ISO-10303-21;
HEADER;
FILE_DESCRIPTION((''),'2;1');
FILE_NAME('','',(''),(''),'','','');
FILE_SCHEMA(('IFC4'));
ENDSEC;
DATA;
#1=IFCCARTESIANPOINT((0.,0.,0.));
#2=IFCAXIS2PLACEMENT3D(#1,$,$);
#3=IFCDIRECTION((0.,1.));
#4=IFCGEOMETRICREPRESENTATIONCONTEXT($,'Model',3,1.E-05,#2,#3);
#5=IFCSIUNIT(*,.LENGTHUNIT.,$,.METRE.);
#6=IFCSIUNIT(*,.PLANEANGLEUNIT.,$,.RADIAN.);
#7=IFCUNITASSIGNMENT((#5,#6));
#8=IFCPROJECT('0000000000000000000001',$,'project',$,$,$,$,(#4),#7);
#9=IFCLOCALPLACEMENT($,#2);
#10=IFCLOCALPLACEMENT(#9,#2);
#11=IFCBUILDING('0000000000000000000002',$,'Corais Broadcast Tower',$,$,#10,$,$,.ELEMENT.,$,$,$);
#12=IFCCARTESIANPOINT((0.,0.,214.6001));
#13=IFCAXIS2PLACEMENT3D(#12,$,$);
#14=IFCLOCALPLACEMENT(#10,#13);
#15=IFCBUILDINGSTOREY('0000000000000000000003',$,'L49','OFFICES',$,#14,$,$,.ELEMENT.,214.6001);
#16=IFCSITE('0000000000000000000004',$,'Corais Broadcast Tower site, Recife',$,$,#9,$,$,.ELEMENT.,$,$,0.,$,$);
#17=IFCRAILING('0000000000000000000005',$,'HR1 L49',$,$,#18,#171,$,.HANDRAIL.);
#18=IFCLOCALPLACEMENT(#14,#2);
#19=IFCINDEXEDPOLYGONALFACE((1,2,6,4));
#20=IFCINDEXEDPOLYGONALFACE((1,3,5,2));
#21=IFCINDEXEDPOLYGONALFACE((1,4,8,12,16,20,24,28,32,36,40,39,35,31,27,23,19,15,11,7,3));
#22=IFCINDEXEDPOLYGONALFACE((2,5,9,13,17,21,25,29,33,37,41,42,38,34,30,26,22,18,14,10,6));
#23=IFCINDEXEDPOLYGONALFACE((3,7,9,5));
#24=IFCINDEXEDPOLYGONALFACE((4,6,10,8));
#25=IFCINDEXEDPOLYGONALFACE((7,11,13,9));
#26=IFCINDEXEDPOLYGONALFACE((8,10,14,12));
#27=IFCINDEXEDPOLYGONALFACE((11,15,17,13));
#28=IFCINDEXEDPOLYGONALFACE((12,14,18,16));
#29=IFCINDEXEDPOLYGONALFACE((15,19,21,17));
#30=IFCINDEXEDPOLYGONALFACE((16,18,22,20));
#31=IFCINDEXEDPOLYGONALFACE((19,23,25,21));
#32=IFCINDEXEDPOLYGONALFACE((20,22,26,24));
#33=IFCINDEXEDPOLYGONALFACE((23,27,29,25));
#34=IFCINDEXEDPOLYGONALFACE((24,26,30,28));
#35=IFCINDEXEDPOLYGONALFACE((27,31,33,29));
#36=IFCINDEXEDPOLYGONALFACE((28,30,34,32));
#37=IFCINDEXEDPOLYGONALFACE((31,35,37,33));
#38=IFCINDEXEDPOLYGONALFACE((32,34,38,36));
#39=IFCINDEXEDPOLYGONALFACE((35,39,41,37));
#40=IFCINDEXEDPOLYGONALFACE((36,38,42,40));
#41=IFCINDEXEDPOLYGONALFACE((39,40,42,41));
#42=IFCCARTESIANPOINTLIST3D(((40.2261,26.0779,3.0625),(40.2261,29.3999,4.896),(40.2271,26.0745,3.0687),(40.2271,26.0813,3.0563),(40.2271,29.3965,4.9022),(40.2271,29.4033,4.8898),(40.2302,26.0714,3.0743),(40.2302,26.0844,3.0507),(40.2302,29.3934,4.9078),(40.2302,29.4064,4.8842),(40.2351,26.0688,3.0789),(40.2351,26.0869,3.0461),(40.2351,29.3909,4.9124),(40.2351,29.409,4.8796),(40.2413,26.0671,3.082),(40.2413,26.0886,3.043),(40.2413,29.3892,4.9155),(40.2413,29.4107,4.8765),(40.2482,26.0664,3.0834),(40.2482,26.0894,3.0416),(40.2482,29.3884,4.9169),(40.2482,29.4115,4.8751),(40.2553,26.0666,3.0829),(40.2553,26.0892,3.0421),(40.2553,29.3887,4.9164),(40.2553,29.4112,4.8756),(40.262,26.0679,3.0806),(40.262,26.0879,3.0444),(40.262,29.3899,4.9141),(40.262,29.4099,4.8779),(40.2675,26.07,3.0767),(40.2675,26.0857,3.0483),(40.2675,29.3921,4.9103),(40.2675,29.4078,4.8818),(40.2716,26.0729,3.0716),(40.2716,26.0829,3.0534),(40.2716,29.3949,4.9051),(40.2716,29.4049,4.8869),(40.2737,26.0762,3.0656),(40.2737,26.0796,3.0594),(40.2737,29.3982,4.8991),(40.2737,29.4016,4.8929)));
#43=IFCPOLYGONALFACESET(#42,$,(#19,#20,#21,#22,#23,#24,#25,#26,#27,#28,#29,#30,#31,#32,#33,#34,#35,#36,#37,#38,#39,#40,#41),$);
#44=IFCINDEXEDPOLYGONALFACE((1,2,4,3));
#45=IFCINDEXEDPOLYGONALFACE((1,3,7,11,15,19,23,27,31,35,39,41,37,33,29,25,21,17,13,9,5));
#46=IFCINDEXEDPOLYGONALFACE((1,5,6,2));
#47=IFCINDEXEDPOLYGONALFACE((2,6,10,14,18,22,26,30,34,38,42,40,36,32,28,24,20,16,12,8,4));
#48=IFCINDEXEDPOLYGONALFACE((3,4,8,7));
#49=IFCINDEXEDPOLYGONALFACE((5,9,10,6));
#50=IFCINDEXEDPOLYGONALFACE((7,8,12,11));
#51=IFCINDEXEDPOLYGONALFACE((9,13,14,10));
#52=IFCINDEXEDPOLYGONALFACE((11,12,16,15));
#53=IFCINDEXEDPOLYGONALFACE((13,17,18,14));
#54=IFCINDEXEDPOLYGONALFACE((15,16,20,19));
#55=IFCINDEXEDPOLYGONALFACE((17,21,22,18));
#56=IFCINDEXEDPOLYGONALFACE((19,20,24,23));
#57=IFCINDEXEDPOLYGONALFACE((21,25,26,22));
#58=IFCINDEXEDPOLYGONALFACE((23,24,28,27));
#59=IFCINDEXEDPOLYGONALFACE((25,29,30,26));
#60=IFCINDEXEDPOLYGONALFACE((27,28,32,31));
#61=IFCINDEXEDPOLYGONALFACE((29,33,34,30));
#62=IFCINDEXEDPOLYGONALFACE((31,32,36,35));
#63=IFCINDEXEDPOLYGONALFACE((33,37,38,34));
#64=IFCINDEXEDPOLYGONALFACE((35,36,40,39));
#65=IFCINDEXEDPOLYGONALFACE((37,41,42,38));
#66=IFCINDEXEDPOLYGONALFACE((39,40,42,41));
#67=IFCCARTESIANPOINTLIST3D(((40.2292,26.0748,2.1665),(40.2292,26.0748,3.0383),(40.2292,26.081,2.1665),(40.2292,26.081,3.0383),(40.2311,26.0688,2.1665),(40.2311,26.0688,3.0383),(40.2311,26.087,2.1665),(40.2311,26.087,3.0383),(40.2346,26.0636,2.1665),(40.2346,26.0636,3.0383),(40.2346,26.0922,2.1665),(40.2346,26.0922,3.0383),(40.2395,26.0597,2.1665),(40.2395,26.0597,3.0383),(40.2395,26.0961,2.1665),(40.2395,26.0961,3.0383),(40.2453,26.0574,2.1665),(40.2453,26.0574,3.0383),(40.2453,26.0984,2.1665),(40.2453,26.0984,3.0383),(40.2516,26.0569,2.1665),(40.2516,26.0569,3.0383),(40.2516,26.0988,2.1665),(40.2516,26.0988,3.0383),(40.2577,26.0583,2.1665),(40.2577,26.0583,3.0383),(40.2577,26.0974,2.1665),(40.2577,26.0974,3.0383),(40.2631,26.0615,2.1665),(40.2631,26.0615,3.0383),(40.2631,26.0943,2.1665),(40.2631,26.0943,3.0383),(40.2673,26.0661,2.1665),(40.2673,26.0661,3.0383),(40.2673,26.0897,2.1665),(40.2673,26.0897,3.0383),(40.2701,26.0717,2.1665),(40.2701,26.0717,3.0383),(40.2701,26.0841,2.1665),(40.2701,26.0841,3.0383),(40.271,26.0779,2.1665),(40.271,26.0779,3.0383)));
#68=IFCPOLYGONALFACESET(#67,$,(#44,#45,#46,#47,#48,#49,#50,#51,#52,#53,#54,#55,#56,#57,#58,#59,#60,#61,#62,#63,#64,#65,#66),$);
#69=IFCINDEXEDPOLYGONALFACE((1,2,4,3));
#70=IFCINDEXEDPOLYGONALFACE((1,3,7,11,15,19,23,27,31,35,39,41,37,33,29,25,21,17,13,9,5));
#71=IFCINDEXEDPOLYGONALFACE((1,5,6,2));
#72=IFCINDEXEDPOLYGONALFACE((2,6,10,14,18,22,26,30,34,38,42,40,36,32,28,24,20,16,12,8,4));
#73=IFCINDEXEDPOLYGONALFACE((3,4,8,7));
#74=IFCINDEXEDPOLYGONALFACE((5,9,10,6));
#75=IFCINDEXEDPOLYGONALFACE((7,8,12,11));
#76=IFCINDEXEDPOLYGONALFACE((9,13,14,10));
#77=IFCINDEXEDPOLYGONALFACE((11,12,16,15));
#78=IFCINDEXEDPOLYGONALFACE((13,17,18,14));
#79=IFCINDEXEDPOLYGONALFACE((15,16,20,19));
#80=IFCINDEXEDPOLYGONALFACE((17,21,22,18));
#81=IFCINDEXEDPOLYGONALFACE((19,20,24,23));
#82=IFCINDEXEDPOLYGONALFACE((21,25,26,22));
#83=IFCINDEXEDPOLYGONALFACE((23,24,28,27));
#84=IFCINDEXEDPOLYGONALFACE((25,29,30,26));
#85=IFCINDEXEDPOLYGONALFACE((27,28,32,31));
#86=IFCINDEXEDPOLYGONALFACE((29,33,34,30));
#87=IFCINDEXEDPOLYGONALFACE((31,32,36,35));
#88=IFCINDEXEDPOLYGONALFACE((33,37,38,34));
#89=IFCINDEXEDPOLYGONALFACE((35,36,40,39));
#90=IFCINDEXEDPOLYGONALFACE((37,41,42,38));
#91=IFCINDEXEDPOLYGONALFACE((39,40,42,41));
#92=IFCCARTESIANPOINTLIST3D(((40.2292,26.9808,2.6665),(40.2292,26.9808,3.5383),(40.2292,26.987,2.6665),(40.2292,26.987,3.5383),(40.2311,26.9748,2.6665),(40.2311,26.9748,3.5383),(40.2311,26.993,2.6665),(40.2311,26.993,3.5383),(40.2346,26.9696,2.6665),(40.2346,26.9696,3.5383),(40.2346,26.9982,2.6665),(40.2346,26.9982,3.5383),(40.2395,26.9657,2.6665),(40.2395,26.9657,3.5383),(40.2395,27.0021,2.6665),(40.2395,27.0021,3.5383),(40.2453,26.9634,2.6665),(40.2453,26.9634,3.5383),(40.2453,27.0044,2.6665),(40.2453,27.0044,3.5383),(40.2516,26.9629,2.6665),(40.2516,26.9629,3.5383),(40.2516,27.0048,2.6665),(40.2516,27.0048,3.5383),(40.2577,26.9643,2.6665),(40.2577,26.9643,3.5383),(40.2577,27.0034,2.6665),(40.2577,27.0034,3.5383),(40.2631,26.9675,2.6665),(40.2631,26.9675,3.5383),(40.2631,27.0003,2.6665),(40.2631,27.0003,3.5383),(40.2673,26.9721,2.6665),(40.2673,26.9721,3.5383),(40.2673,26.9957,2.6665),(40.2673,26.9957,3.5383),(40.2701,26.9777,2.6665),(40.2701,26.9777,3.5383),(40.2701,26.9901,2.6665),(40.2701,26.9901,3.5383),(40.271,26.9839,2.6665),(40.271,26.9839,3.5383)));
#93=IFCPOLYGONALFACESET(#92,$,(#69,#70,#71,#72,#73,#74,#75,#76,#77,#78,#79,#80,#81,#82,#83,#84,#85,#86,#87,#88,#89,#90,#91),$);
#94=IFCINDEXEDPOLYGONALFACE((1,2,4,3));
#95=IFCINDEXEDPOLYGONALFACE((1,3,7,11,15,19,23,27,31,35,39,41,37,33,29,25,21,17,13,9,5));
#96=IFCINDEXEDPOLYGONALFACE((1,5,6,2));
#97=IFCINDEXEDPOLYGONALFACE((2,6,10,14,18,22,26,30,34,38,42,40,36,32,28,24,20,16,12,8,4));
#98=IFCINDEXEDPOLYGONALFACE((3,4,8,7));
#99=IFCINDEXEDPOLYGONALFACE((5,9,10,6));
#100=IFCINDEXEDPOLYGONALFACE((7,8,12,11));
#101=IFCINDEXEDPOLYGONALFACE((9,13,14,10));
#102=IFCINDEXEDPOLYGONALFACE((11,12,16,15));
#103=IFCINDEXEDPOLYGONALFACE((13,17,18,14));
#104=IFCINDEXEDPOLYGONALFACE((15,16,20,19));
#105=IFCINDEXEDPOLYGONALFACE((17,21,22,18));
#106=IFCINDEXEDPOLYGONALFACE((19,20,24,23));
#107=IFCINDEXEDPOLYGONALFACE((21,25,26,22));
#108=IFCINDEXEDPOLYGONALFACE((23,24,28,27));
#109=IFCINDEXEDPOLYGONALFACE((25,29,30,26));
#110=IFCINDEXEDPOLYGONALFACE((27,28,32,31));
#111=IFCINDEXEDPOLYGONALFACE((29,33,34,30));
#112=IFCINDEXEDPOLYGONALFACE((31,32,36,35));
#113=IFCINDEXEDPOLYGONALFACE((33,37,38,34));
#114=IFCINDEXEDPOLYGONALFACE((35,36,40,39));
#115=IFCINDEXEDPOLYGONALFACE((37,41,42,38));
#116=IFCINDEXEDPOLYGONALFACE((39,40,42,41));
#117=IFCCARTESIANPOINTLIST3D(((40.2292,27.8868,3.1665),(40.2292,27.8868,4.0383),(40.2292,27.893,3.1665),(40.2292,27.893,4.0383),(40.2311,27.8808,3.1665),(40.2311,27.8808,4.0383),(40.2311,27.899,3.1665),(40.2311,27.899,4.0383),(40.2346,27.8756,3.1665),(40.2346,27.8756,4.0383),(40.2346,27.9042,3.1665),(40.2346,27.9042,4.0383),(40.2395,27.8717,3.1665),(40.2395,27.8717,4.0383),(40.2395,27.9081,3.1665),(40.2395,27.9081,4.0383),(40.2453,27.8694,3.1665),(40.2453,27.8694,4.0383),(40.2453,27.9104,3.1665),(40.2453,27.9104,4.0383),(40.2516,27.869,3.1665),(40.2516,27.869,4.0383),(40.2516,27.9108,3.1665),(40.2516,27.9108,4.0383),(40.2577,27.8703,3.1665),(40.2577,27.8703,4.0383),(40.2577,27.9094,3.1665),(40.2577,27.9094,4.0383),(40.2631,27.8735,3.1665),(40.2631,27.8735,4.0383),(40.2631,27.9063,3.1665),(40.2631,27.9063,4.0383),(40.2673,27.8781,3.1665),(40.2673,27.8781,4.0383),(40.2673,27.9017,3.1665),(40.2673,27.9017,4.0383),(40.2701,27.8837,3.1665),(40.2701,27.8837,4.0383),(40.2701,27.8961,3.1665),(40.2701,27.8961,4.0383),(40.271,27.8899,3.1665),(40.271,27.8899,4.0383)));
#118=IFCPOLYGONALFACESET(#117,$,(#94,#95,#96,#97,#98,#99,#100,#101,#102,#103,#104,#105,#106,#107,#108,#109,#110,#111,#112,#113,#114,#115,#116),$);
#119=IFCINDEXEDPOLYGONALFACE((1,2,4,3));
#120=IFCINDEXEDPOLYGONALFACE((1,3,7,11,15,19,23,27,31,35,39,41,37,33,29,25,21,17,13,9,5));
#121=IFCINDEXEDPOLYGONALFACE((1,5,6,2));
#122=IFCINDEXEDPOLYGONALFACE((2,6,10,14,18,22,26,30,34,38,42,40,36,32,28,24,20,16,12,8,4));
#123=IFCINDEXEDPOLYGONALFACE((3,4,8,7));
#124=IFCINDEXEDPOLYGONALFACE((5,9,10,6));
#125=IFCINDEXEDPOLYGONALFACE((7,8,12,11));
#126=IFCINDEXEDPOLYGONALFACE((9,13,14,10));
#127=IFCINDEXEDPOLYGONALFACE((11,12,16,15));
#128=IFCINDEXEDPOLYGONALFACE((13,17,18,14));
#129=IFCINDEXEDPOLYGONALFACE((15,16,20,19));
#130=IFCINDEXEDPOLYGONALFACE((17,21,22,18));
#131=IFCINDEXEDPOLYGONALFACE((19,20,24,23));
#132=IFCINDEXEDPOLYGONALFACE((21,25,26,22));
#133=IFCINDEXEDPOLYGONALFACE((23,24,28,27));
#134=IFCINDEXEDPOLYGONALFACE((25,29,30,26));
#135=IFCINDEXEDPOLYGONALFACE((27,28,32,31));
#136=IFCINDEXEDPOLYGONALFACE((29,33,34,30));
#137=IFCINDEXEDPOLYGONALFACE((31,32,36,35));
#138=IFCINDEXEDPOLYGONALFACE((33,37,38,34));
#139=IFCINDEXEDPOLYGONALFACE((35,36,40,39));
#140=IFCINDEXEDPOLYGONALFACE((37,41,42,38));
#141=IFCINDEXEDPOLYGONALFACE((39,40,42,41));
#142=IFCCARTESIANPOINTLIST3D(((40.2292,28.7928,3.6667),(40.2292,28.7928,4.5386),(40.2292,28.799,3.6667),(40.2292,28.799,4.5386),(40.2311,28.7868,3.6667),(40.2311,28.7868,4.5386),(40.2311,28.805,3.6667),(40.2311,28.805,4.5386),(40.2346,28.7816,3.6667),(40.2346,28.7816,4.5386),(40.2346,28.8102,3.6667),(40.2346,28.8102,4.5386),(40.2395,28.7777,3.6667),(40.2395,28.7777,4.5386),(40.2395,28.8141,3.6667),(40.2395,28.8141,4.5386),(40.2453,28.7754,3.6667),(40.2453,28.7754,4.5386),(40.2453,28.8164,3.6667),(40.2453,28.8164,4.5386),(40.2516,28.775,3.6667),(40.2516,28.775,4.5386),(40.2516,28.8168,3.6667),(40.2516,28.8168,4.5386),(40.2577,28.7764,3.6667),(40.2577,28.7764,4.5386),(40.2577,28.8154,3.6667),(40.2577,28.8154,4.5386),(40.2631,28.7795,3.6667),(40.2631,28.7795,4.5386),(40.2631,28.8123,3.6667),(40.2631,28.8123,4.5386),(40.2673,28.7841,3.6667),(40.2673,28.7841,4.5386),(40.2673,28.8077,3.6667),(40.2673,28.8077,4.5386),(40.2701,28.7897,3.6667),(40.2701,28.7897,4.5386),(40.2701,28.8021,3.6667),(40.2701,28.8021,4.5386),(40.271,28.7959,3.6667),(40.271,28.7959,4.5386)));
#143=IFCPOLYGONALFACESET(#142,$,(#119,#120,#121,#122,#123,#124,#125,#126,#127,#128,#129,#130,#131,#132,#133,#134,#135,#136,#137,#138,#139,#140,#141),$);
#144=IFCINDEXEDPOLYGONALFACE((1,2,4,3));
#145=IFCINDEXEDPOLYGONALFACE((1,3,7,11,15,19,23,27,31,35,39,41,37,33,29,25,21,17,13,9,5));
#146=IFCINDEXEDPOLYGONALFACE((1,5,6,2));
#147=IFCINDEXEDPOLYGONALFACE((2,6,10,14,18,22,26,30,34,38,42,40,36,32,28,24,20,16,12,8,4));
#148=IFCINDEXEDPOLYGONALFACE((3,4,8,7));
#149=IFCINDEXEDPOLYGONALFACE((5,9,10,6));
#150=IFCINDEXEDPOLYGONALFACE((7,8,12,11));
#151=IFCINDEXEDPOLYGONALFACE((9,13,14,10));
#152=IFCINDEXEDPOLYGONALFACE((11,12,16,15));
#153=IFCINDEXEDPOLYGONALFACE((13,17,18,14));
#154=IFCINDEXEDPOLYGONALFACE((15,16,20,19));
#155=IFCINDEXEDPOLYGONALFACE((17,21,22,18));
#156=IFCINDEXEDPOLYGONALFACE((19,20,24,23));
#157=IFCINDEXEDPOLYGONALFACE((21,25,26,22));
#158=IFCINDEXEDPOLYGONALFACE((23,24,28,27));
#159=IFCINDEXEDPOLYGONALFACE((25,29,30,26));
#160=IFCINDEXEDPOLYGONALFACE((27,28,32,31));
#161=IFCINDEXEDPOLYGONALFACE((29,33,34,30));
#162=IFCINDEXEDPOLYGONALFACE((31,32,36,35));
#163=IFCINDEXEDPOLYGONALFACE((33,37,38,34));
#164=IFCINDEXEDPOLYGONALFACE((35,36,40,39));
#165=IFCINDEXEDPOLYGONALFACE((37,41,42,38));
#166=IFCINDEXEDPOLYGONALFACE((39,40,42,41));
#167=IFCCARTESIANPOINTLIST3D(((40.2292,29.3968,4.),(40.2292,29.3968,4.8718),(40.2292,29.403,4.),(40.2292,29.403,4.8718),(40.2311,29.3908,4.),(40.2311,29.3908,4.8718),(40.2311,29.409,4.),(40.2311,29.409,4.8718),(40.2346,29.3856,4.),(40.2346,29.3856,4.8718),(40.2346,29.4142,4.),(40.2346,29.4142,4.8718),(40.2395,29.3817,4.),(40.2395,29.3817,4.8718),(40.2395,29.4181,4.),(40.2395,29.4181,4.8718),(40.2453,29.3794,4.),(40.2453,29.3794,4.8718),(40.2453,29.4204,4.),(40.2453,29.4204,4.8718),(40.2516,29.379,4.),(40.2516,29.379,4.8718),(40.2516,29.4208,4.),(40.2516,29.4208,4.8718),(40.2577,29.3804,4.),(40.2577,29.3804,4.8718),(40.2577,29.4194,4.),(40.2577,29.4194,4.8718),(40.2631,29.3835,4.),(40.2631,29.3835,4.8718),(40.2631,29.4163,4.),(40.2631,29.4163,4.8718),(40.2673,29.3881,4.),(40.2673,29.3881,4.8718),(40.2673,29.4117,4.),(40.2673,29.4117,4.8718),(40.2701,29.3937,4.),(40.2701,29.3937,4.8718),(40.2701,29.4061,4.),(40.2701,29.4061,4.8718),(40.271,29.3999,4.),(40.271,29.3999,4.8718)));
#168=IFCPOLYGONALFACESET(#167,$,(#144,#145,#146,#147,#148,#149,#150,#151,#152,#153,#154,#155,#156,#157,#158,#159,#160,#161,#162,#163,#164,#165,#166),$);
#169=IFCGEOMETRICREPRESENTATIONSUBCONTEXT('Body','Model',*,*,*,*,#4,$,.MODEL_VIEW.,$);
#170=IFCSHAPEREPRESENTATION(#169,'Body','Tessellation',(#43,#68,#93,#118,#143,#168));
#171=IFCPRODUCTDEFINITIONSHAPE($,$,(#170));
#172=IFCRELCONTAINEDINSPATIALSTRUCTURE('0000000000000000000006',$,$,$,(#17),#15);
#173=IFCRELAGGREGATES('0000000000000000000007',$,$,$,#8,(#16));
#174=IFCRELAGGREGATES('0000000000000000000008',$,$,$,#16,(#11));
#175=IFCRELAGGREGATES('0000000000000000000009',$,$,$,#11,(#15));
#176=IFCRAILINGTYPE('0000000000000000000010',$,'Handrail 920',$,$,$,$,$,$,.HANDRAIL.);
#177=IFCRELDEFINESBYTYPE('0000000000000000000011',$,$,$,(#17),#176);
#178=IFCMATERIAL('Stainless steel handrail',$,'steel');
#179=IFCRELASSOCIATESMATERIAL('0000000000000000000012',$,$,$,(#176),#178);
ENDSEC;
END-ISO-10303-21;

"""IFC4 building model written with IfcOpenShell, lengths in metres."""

from ifc_helpers import new_model, si_unit, direction, frame, origin, origin_2d, place, context, subcontext, project, spatial, circle, extrude, material, type_object, element, save


model = new_model("IFC4")

# Units and contexts
model_context = context("Model", 3, precision=1e-05, world=origin(), true_north=direction((0.0, 1.0)))
body_context = subcontext(model_context, "Body", "Model", "MODEL_VIEW")
ifc_project = project(units=[si_unit("LENGTHUNIT", "METRE"), si_unit("PLANEANGLEUNIT", "RADIAN")], contexts=[model_context])

# Site, building, storey
site_placement = place(None, origin())
site = spatial("IfcSite", under=ifc_project, at=site_placement, Name="Corais Broadcast Tower site, Recife", CompositionType="ELEMENT", RefElevation=0.0)
building_placement = place(site_placement, origin())
building = spatial("IfcBuilding", under=site, at=building_placement, Name="Corais Broadcast Tower", CompositionType="ELEMENT")
storey_placement = place(building_placement, frame((0.0, 0.0, 214.6001)))
storey = spatial("IfcBuildingStorey", under=building, at=storey_placement, Name="L49", Description="OFFICES", CompositionType="ELEMENT", Elevation=214.6001)

# Railing
ifc_material_1 = material(Name="Stainless steel handrail", Category="steel")
railing_type = type_object("IfcRailingType", Name="Handrail 920", PredefinedType="HANDRAIL", material=ifc_material_1)
for number, where, name in (
    (1, (40.25, 26.0779, 2.1665), "HR1 L49"),
):
    element("IfcRailing", number, at=place(storey_placement, frame(where)), inside=storey, type_object=railing_type, Name=name, PredefinedType="HANDRAIL", context=body_context, shape_type="SweptSolid", body=[
        extrude(circle(Radius=0.0239, at=origin_2d()), frame((0.0, 0.0, 0.896), z_axis=(0.0, 0.875504, 0.48321), x_axis=(-1.0, 0.0, 0.0)), (0.0, 0.0, 1.0), 3.7944),
        extrude(circle(Radius=0.021, at=origin_2d()), origin(), (0.0, 0.0, 1.0), 0.8718),
        extrude(circle(Radius=0.021, at=origin_2d()), frame((0.0, 0.906, 0.5)), (0.0, 0.0, 1.0), 0.8718),
        extrude(circle(Radius=0.021, at=origin_2d()), frame((0.0, 1.812, 1.0)), (0.0, 0.0, 1.0), 0.8718),
        extrude(circle(Radius=0.021, at=origin_2d()), frame((0.0, 2.718, 1.5002)), (0.0, 0.0, 1.0), 0.8718),
        extrude(circle(Radius=0.021, at=origin_2d()), frame((0.0, 3.322, 1.8335)), (0.0, 0.0, 1.0), 0.8718),
    ])

save(model, "model.ifc")
